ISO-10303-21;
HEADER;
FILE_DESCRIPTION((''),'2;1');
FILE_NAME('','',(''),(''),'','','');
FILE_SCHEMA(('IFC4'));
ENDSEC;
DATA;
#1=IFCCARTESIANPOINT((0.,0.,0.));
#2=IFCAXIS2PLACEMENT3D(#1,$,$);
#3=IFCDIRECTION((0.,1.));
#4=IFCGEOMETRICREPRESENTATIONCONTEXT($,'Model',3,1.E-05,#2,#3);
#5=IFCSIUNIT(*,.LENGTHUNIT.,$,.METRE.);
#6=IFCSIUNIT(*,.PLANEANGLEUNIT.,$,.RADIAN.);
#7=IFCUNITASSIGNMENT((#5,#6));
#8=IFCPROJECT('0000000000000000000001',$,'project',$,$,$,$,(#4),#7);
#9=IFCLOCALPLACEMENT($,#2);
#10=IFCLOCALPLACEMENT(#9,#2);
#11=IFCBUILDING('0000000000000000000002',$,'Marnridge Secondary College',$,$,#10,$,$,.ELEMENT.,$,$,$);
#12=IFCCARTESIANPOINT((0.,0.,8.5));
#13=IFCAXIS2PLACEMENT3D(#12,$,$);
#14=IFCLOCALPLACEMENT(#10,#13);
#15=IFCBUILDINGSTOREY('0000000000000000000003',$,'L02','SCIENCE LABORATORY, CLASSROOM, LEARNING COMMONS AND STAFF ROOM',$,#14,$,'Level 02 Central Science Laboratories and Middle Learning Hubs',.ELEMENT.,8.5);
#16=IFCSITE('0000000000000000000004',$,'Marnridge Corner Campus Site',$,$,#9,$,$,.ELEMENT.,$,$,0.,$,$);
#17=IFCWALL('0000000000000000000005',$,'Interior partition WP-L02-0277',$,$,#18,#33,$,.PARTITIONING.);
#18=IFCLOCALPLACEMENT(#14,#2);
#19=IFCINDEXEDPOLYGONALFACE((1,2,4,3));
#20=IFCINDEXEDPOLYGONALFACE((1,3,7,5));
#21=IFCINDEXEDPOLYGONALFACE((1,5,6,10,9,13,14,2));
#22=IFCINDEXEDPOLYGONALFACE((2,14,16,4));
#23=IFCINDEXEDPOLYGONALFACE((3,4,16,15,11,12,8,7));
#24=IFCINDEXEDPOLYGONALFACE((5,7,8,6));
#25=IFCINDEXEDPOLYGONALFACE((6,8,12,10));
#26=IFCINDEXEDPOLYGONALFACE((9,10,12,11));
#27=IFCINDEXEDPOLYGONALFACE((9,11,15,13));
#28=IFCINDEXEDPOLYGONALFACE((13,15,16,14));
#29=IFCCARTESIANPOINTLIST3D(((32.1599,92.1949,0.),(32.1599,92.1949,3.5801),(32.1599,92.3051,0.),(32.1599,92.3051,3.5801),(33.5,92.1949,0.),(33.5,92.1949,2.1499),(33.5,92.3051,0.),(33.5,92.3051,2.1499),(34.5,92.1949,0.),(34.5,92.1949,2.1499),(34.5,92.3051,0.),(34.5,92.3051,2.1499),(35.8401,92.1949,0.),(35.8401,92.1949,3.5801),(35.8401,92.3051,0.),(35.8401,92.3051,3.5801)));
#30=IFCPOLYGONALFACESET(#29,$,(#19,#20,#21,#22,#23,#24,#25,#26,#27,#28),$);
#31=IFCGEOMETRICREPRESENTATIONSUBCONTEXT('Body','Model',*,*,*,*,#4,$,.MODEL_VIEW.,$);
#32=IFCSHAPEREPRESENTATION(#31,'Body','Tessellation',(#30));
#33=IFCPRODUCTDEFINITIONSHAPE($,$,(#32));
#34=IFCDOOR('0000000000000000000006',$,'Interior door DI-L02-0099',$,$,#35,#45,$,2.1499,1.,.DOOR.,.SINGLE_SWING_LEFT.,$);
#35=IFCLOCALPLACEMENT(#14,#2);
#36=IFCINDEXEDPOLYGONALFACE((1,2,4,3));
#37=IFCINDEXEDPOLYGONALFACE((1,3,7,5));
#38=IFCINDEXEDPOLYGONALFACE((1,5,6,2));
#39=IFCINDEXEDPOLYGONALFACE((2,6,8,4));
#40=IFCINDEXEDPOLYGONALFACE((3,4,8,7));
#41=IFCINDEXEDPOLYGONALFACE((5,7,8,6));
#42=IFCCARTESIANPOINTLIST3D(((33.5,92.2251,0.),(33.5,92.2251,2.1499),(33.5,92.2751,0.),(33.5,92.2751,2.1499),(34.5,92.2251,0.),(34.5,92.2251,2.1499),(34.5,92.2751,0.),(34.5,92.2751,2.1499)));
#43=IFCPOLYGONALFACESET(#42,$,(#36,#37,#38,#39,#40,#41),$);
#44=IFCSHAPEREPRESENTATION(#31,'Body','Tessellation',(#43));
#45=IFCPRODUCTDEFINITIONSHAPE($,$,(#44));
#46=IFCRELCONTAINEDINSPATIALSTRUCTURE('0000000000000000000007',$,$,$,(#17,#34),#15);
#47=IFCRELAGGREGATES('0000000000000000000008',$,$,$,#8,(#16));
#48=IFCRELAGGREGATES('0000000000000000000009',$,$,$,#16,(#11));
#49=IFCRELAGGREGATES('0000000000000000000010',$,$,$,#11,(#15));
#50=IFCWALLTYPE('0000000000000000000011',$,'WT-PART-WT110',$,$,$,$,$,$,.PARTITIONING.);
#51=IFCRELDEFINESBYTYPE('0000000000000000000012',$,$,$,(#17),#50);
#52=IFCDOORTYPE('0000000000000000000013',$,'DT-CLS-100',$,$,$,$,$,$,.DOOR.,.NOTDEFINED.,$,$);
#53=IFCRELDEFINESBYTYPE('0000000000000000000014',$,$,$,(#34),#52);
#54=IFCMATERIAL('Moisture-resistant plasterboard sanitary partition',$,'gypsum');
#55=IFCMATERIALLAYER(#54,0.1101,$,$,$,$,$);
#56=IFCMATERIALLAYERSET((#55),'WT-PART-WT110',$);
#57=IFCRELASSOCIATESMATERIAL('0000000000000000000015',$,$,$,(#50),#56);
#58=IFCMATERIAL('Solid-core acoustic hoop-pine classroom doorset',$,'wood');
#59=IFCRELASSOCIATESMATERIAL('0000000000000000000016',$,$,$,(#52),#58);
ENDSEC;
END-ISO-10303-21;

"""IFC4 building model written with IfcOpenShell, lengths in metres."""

from ifc_helpers import new_model, si_unit, direction, frame, frame_2d, origin, place, context, subcontext, project, spatial, rectangle, extrude, material, layer, layer_set, type_object, element, fill, save


model = new_model("IFC4")

# Units and contexts
model_context = context("Model", 3, precision=1e-05, world=origin(), true_north=direction((0.0, 1.0)))
body_context = subcontext(model_context, "Body", "Model", "MODEL_VIEW")
ifc_project = project(units=[si_unit("LENGTHUNIT", "METRE"), si_unit("PLANEANGLEUNIT", "RADIAN")], contexts=[model_context])

# Site, building, storey
site_placement = place(None, origin())
site = spatial("IfcSite", under=ifc_project, at=site_placement, Name="Marnridge Corner Campus Site", CompositionType="ELEMENT", RefElevation=0.0)
building_placement = place(site_placement, origin())
building = spatial("IfcBuilding", under=site, at=building_placement, Name="Marnridge Secondary College", CompositionType="ELEMENT")
storey_placement = place(building_placement, frame((0.0, 0.0, 8.5)))
storey = spatial("IfcBuildingStorey", under=building, at=storey_placement, Name="L02", Description="SCIENCE LABORATORY, CLASSROOM, LEARNING COMMONS AND STAFF ROOM", LongName="Level 02 Central Science Laboratories and Middle Learning Hubs", CompositionType="ELEMENT", Elevation=8.5)

# Shared definitions
ifc_material_1 = material(Name="Moisture-resistant plasterboard sanitary partition", Category="gypsum")
ifc_layer_1 = layer(ifc_material_1, 0.1101)
ifc_layer_set_1 = layer_set([ifc_layer_1], Name="WT-PART-WT110")
wall_type = type_object("IfcWallType", Name="WT-PART-WT110", PredefinedType="PARTITIONING", material=ifc_layer_set_1)

# Wall, opening, door
ifc_material_2 = material(Name="Solid-core acoustic hoop-pine classroom doorset", Category="wood")
door_type = type_object("IfcDoorType", Name="DT-CLS-100", OperationType="NOTDEFINED", PredefinedType="DOOR", material=ifc_material_2)
wall_1_placement = place(storey_placement, frame((35.8401, 92.25, 0.0), z_axis=(0.0, 0.0, 1.0), x_axis=(-1.0, 0.0, 0.0)))
wall_1 = element("IfcWall", 1, at=wall_1_placement, inside=storey, type_object=wall_type, Name="Interior partition WP-L02-0277", PredefinedType="PARTITIONING", context=body_context, shape_type="SweptSolid", body=[
    extrude(rectangle(XDim=3.6802, YDim=0.1101, at=frame_2d((1.8401, 0.0))), origin(), (0.0, 0.0, 1.0), 3.5801),
])
opening_1_placement = place(wall_1_placement, frame((1.3401, 0.0, 0.0)))
opening_1 = element("IfcOpeningElement", 2, at=opening_1_placement, cuts=wall_1, PredefinedType="OPENING", context=body_context, shape_type="SweptSolid", body=[
    extrude(rectangle(XDim=1.0, YDim=2.1499, at=frame_2d((0.5, 1.075))), frame((0.0, 0.0649, 0.0), z_axis=(0.0, -1.0, 0.0), x_axis=(1.0, 0.0, 0.0)), (0.0, 0.0, 1.0), 0.1301),
])
door_1_placement = place(opening_1_placement, origin())
door_1 = element("IfcDoor", 3, at=door_1_placement, inside=storey, type_object=door_type, Name="Interior door DI-L02-0099", OperationType="SINGLE_SWING_LEFT", OverallHeight=2.1499, OverallWidth=1.0, PredefinedType="DOOR", context=body_context, shape_type="SweptSolid", body=[
    extrude(rectangle(XDim=1.0, YDim=2.1499, at=frame_2d((0.5, 1.075))), frame((0.0, 0.0249, 0.0), z_axis=(0.0, -1.0, 0.0), x_axis=(1.0, 0.0, 0.0)), (0.0, 0.0, 1.0), 0.05),
])
fill(opening_1, door_1)

save(model, "model.ifc")
